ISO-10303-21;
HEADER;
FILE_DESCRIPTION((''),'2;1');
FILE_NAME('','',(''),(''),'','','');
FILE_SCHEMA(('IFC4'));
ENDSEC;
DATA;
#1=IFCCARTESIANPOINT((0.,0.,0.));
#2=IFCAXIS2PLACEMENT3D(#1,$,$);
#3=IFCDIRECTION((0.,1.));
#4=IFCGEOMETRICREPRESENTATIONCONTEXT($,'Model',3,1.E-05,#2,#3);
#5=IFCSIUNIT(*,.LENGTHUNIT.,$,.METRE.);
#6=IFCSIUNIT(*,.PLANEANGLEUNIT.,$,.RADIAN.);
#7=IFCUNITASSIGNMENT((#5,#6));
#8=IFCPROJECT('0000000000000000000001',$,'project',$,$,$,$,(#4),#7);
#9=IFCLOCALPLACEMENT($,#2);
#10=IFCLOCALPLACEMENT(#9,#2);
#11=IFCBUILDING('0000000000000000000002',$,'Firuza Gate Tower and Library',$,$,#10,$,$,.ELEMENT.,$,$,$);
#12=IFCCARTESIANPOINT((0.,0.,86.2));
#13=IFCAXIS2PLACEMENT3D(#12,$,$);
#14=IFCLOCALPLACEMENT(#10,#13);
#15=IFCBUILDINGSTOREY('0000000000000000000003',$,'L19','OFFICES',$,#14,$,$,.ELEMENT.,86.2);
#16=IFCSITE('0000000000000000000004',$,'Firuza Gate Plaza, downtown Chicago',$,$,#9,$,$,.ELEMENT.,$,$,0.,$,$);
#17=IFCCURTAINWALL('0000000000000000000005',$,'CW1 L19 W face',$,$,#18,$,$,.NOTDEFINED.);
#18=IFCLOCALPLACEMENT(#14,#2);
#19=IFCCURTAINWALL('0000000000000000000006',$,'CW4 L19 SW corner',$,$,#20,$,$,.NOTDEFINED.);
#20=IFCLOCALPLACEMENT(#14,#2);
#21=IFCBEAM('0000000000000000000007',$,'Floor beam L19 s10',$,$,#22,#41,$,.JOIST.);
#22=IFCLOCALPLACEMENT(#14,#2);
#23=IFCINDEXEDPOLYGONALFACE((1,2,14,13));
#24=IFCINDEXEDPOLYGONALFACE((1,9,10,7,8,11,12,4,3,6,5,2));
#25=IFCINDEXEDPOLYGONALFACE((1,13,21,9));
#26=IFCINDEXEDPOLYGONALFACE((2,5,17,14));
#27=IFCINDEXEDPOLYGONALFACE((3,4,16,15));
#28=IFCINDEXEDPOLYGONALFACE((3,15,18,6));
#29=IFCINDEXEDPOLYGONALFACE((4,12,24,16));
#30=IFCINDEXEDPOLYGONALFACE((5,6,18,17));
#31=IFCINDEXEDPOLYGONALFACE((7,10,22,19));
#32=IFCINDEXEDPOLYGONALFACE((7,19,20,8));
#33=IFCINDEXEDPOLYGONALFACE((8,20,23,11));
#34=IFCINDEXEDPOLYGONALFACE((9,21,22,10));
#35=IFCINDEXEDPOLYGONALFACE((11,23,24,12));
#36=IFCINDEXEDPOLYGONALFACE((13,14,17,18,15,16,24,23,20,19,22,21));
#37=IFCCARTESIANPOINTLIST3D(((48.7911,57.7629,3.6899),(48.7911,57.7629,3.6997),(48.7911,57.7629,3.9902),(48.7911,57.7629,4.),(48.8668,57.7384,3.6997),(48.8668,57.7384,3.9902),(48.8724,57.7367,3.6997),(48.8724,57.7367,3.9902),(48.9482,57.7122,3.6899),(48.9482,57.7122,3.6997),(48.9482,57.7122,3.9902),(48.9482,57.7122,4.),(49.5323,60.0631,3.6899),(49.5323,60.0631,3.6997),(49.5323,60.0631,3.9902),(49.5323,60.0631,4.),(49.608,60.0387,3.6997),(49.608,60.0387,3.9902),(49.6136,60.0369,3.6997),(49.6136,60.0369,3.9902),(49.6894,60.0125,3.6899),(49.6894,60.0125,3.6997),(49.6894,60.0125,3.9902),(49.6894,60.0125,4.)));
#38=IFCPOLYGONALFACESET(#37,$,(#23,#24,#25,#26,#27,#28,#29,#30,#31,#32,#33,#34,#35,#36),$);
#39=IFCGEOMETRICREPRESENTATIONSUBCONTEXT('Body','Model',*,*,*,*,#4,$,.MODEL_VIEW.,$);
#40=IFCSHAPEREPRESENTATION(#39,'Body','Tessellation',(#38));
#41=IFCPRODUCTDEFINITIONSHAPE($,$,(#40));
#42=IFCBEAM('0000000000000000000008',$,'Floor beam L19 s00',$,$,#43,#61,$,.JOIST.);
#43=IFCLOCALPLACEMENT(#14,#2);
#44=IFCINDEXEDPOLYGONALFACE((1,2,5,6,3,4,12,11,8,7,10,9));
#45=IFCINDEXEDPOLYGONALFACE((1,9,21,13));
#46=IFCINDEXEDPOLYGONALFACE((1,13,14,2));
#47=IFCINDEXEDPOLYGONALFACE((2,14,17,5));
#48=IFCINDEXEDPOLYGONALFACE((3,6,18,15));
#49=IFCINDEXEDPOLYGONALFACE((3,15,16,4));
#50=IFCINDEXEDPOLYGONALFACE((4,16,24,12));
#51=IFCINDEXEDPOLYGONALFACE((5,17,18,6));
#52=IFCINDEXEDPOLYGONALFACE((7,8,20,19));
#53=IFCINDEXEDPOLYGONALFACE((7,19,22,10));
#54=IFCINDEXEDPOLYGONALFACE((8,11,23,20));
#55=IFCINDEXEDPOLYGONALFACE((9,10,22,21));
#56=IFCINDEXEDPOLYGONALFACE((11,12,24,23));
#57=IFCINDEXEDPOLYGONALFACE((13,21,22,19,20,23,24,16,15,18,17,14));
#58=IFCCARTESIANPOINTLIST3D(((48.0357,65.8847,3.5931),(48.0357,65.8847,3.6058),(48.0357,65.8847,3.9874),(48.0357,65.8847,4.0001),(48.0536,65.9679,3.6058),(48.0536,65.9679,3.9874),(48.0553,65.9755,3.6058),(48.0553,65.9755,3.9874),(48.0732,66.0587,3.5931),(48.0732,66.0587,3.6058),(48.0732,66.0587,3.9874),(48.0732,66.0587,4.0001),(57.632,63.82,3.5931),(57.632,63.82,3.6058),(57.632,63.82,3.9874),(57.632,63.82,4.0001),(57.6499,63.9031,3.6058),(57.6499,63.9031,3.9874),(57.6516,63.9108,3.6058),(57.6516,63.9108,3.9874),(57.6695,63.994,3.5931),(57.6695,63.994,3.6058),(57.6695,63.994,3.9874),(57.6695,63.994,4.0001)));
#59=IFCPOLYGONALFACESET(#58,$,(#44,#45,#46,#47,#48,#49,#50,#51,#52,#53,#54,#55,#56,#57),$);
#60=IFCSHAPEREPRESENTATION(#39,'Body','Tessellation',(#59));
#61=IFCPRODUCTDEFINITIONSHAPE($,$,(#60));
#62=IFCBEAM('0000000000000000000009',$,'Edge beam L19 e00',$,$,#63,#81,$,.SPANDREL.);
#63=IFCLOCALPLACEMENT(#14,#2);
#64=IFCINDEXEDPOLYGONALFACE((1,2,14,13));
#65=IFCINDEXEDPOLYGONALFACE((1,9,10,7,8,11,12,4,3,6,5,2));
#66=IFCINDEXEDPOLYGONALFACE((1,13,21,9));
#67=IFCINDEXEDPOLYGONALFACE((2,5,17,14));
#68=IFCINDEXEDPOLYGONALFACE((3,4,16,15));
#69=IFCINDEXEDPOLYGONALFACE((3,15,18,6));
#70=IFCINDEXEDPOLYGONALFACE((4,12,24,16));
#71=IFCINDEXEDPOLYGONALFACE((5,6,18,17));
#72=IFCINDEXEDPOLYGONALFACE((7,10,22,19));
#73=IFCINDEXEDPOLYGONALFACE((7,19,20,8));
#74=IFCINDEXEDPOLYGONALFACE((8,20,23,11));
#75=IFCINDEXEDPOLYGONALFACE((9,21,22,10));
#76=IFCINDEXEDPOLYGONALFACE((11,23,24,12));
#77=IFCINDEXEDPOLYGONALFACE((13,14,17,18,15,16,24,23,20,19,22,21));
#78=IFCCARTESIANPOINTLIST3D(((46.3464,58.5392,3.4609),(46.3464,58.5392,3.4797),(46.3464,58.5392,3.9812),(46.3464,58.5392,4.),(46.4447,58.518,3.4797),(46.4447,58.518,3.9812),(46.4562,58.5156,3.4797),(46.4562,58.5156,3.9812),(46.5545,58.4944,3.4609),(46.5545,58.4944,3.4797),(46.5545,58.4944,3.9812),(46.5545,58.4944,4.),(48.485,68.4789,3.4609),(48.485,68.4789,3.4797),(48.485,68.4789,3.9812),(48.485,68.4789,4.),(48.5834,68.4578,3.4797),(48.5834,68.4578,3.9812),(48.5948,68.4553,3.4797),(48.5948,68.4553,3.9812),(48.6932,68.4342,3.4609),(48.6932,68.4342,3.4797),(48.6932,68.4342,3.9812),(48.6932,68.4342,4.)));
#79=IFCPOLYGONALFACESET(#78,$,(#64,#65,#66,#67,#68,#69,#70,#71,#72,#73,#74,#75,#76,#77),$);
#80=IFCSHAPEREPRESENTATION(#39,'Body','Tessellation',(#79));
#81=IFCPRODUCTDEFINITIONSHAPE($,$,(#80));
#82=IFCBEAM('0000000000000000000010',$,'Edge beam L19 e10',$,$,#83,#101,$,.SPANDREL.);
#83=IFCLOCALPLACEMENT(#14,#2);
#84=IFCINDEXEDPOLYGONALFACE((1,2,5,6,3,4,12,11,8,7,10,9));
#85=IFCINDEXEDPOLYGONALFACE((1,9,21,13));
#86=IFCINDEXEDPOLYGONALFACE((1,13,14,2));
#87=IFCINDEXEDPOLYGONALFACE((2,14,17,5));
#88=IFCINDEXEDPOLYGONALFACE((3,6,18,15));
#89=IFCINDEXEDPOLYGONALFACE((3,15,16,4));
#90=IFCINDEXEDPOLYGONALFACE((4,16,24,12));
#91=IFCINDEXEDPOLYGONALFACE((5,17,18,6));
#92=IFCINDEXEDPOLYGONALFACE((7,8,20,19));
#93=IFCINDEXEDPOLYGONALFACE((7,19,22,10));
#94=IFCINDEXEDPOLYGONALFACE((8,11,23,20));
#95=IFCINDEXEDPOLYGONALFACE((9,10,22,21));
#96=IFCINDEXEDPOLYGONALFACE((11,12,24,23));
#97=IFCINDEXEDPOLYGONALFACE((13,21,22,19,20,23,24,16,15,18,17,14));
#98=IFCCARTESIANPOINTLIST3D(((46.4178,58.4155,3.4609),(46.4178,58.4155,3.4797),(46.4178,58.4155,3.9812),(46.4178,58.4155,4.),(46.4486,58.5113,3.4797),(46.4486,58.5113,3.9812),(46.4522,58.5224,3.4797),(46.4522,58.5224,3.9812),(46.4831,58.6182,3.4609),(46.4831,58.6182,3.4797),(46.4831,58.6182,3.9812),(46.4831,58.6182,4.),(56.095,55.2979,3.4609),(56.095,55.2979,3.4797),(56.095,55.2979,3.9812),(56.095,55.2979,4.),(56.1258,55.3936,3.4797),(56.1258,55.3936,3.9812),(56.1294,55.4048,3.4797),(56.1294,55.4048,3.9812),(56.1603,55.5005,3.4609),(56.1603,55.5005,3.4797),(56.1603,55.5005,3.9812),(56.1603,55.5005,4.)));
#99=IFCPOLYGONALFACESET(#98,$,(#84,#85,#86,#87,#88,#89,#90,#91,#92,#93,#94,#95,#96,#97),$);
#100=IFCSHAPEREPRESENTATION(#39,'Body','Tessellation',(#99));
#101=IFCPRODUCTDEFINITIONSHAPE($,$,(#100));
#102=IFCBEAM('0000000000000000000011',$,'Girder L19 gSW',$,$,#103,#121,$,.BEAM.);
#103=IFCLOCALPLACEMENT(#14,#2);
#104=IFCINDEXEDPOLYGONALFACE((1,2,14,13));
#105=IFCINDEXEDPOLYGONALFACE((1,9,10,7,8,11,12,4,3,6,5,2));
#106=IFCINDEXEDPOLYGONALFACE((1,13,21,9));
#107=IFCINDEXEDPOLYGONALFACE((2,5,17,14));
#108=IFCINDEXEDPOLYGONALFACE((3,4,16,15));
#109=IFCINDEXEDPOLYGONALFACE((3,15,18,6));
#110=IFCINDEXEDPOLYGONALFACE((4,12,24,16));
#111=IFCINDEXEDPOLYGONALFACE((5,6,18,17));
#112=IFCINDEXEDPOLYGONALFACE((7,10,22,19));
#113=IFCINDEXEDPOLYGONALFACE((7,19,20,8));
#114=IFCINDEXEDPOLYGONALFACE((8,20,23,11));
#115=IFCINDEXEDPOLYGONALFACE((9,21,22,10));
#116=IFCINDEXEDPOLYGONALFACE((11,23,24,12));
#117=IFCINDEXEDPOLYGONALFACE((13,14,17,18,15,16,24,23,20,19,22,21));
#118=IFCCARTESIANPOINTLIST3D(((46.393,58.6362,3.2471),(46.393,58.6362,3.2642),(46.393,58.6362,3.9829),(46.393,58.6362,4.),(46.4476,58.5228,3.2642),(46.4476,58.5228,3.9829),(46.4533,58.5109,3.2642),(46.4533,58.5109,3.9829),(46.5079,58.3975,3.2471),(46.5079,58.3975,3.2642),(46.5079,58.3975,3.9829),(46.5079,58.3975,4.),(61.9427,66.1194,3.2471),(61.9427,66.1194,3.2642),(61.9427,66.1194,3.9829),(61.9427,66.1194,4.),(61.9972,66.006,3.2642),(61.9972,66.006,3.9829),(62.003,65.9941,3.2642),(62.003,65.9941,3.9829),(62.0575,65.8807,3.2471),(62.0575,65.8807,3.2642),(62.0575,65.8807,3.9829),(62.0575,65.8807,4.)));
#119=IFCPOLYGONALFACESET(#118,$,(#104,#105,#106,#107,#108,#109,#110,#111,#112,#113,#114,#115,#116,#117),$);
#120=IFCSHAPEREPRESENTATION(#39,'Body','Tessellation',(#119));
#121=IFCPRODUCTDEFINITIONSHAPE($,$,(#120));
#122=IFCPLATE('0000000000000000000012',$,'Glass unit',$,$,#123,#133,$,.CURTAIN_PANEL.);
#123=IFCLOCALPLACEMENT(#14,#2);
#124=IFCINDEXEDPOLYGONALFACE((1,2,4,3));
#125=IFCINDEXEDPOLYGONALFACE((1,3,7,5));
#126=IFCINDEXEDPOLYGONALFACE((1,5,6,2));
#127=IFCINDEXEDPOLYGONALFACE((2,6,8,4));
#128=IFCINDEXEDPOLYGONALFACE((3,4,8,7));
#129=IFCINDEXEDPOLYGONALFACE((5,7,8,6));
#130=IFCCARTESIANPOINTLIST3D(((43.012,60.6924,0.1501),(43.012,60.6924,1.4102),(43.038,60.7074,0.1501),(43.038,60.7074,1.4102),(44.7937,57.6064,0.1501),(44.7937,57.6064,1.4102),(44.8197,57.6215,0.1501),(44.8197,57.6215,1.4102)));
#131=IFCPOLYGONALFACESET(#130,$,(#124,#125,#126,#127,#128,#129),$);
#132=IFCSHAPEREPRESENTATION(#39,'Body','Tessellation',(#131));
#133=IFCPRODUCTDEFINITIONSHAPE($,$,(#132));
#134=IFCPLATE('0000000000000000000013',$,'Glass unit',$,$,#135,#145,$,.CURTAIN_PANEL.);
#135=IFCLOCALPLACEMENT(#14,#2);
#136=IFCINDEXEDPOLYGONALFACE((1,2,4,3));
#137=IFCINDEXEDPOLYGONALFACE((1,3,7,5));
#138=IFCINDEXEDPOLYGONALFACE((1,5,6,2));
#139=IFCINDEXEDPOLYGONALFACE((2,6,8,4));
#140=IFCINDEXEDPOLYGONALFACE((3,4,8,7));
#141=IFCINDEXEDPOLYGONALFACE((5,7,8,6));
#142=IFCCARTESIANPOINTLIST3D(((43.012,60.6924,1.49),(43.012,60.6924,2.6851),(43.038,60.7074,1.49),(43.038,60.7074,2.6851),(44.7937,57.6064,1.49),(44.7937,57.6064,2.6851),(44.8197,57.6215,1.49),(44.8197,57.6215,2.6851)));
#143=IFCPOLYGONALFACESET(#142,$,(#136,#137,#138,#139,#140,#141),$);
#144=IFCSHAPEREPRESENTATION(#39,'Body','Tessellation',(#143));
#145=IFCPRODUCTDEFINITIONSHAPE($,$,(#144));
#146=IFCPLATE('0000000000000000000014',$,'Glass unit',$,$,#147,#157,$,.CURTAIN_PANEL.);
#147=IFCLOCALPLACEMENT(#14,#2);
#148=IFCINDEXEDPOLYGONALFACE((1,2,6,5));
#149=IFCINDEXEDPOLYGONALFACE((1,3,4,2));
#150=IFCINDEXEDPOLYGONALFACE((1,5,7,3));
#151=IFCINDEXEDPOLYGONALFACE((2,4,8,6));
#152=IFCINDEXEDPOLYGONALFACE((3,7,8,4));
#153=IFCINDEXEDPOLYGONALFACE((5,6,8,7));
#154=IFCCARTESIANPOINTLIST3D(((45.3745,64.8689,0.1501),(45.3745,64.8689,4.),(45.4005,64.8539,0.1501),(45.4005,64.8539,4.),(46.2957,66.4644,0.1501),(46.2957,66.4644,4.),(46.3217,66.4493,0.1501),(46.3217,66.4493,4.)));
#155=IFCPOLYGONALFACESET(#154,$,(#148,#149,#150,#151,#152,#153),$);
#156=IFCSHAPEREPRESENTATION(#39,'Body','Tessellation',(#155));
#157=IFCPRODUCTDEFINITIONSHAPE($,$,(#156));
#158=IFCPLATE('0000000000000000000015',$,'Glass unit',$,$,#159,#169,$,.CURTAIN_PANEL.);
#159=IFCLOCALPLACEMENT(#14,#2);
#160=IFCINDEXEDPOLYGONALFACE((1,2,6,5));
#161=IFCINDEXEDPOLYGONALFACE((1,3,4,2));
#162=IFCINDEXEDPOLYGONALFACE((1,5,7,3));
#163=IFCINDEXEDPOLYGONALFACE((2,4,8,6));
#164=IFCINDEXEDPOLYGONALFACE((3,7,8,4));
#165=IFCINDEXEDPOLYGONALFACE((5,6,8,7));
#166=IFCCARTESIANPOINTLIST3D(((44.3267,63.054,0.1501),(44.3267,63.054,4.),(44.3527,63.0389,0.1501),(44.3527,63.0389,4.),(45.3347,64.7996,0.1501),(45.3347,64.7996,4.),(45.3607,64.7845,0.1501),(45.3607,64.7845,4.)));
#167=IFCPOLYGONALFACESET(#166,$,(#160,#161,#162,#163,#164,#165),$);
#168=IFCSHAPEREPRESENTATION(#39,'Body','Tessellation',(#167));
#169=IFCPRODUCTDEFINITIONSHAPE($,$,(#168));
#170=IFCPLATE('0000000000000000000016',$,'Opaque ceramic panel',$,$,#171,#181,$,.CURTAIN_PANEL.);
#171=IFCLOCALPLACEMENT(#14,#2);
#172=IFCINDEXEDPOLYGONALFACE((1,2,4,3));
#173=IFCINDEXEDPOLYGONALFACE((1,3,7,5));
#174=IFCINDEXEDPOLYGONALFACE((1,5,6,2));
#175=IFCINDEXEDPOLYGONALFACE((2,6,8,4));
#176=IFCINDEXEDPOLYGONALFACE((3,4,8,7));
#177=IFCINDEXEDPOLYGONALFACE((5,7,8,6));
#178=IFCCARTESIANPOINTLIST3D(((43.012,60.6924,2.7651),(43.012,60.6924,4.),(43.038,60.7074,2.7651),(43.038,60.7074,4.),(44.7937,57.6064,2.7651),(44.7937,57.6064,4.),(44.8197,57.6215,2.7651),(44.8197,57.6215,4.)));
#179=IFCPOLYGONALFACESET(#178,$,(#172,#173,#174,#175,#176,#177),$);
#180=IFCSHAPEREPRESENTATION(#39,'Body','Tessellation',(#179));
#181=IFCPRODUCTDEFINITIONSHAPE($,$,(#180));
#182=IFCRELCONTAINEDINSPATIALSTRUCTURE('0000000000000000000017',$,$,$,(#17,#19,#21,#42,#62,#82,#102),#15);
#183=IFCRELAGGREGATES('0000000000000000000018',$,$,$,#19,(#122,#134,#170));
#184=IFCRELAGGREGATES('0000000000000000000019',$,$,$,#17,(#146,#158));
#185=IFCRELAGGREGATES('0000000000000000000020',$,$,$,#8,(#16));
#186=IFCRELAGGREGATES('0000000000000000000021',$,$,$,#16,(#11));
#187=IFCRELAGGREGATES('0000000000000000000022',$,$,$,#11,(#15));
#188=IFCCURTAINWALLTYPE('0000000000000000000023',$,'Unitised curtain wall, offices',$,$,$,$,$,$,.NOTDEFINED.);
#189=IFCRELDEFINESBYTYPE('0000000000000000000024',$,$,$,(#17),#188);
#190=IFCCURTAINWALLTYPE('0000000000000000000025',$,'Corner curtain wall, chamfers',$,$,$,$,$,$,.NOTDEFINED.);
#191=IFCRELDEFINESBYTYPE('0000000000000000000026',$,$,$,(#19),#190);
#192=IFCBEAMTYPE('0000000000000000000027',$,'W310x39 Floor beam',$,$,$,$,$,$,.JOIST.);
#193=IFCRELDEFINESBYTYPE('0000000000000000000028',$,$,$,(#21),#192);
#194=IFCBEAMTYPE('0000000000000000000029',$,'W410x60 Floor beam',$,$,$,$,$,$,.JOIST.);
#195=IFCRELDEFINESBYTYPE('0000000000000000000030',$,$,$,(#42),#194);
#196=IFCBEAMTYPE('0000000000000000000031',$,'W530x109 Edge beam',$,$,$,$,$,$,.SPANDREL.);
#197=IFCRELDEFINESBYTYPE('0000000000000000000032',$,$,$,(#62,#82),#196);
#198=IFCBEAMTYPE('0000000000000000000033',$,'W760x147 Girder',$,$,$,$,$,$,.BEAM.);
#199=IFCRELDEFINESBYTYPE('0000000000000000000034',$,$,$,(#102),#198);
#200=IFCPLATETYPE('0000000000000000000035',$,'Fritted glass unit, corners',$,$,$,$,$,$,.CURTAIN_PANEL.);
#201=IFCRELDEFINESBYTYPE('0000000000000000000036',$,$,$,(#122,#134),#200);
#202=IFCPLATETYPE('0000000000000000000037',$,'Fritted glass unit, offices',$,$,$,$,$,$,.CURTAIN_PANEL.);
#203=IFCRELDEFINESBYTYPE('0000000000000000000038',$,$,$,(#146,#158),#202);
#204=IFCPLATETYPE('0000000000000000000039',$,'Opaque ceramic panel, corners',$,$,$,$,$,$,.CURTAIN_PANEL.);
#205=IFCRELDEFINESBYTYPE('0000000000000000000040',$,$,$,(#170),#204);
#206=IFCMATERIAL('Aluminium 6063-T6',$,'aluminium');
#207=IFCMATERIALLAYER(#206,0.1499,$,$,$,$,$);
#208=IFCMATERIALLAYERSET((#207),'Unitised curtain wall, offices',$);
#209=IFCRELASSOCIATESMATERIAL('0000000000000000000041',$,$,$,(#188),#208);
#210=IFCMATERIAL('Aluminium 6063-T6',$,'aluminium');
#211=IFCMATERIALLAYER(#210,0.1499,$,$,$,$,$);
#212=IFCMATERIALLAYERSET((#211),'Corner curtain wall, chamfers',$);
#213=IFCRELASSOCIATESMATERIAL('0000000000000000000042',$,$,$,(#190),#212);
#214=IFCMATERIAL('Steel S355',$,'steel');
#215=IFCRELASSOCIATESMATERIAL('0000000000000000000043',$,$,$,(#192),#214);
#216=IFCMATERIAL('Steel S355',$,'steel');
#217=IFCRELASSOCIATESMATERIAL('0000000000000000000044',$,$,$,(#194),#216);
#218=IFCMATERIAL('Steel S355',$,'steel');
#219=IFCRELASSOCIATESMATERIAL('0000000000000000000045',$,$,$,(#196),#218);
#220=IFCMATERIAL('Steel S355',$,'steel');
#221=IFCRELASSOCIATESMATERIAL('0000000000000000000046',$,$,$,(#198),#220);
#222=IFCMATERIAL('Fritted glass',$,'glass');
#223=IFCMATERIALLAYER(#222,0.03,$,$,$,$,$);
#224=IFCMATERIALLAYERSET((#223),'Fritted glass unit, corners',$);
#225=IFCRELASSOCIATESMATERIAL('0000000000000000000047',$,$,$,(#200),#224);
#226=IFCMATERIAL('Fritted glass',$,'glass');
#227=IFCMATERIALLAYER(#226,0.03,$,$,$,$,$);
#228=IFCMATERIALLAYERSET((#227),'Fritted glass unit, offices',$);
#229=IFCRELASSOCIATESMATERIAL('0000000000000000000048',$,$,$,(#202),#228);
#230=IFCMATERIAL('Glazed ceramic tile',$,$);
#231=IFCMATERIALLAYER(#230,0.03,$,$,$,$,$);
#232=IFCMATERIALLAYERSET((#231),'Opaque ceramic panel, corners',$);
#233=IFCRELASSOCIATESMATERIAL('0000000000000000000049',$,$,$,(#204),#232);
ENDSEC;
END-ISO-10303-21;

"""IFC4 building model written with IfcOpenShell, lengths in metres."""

from ifc_helpers import new_model, si_unit, direction, frame, origin, origin_2d, place, context, subcontext, project, spatial, polyline, i_section, outline, extrude, material, layer, layer_set, material_profile, profile_set, type_object, element, aggregate, save


model = new_model("IFC4")

# Units and contexts
model_context = context("Model", 3, precision=1e-05, world=origin(), true_north=direction((0.0, 1.0)))
body_context = subcontext(model_context, "Body", "Model", "MODEL_VIEW")
ifc_project = project(units=[si_unit("LENGTHUNIT", "METRE"), si_unit("PLANEANGLEUNIT", "RADIAN")], contexts=[model_context])

# Site, building, storey
site_placement = place(None, origin())
site = spatial("IfcSite", under=ifc_project, at=site_placement, Name="Firuza Gate Plaza, downtown Chicago", CompositionType="ELEMENT", RefElevation=0.0)
building_placement = place(site_placement, origin())
building = spatial("IfcBuilding", under=site, at=building_placement, Name="Firuza Gate Tower and Library", CompositionType="ELEMENT")
storey_placement = place(building_placement, frame((0.0, 0.0, 86.2)))
storey = spatial("IfcBuildingStorey", under=building, at=storey_placement, Name="L19", Description="OFFICES", CompositionType="ELEMENT", Elevation=86.2)

# Curtain walls
ifc_material_1 = material(Name="Aluminium 6063-T6", Category="aluminium")
ifc_layer_1 = layer(ifc_material_1, 0.1499)
ifc_layer_set_1 = layer_set([ifc_layer_1], Name="Unitised curtain wall, offices")
curtain_wall_type_1 = type_object("IfcCurtainWallType", Name="Unitised curtain wall, offices", PredefinedType="NOTDEFINED", material=ifc_layer_set_1)
placement = place(storey_placement, origin())
curtain_wall_1 = element("IfcCurtainWall", 1, at=placement, inside=storey, type_object=curtain_wall_type_1, Name="CW1 L19 W face", PredefinedType="NOTDEFINED")
ifc_material_2 = material(Name="Aluminium 6063-T6", Category="aluminium")
ifc_layer_2 = layer(ifc_material_2, 0.1499)
ifc_layer_set_2 = layer_set([ifc_layer_2], Name="Corner curtain wall, chamfers")
curtain_wall_type_2 = type_object("IfcCurtainWallType", Name="Corner curtain wall, chamfers", PredefinedType="NOTDEFINED", material=ifc_layer_set_2)
curtain_wall_2 = element("IfcCurtainWall", 2, at=placement, inside=storey, type_object=curtain_wall_type_2, Name="CW4 L19 SW corner", PredefinedType="NOTDEFINED")

# Beams
ifc_material_3 = material(Name="Steel S355", Category="steel")
ifc_material_profile_1 = material_profile(ifc_material_3, i_section(OverallWidth=0.165, OverallDepth=0.3101, WebThickness=0.0059, FlangeThickness=0.0098, at=origin_2d()))
ifc_profile_set_1 = profile_set([ifc_material_profile_1], Name="Steel S355")
beam_type_1 = type_object("IfcBeamType", Name="W310x39 Floor beam", PredefinedType="JOIST", material=ifc_profile_set_1)
beam_1_placement = place(storey_placement, frame((48.8696, 57.7375, 3.845), z_axis=(0.306696, 0.951808, 0.0), x_axis=(-0.951808, 0.306696, 0.0)))
element("IfcBeam", 3, at=beam_1_placement, inside=storey, type_object=beam_type_1, Name="Floor beam L19 s10", PredefinedType="JOIST", context=body_context, shape_type="SweptSolid", body=[
    extrude(i_section(OverallWidth=0.165, OverallDepth=0.3101, WebThickness=0.0059, FlangeThickness=0.0098, at=origin_2d()), origin(), (0.0, 0.0, 1.0), 2.4167),
])
ifc_material_4 = material(Name="Steel S355", Category="steel")
ifc_material_profile_2 = material_profile(ifc_material_4, i_section(OverallWidth=0.178, OverallDepth=0.407, WebThickness=0.0078, FlangeThickness=0.0127, at=origin_2d()))
ifc_profile_set_2 = profile_set([ifc_material_profile_2], Name="Steel S355")
beam_type_2 = type_object("IfcBeamType", Name="W410x60 Floor beam", PredefinedType="JOIST", material=ifc_profile_set_2)
beam_2_placement = place(storey_placement, frame((48.0544, 65.9717, 3.7966), z_axis=(0.977627, -0.210344, 0.0), x_axis=(0.210344, 0.977627, 0.0)))
element("IfcBeam", 4, at=beam_2_placement, inside=storey, type_object=beam_type_2, Name="Floor beam L19 s00", PredefinedType="JOIST", context=body_context, shape_type="SweptSolid", body=[
    extrude(i_section(OverallWidth=0.178, OverallDepth=0.407, WebThickness=0.0078, FlangeThickness=0.0127, at=origin_2d()), origin(), (0.0, 0.0, 1.0), 9.8159),
])
ifc_material_5 = material(Name="Steel S355", Category="steel")
ifc_material_profile_3 = material_profile(ifc_material_5, i_section(OverallWidth=0.2129, OverallDepth=0.5391, WebThickness=0.0117, FlangeThickness=0.0188, at=origin_2d()))
ifc_profile_set_3 = profile_set([ifc_material_profile_3], Name="Steel S355")
beam_type_3 = type_object("IfcBeamType", Name="W530x109 Edge beam", PredefinedType="SPANDREL", material=ifc_profile_set_3)
beam_3_placement = place(storey_placement, frame((48.5891, 68.4565, 3.7305), z_axis=(-0.210351, -0.977626, 0.0), x_axis=(0.977626, -0.210351, 0.0)))
element("IfcBeam", 5, at=beam_3_placement, inside=storey, type_object=beam_type_3, Name="Edge beam L19 e00", PredefinedType="SPANDREL", context=body_context, shape_type="SweptSolid", body=[
    extrude(i_section(OverallWidth=0.2129, OverallDepth=0.5391, WebThickness=0.0117, FlangeThickness=0.0188, at=origin_2d()), origin(), (0.0, 0.0, 1.0), 10.1672),
])
beam_4_placement = place(storey_placement, frame((46.4504, 58.5168, 3.7305), z_axis=(0.951824, -0.306645, 0.0), x_axis=(0.306645, 0.951824, 0.0)))
element("IfcBeam", 6, at=beam_4_placement, inside=storey, type_object=beam_type_3, Name="Edge beam L19 e10", PredefinedType="SPANDREL", context=body_context, shape_type="SweptSolid", body=[
    extrude(i_section(OverallWidth=0.2129, OverallDepth=0.5391, WebThickness=0.0117, FlangeThickness=0.0188, at=origin_2d()), origin(), (0.0, 0.0, 1.0), 10.167),
])
ifc_material_6 = material(Name="Steel S355", Category="steel")
ifc_material_profile_4 = material_profile(ifc_material_6, i_section(OverallWidth=0.2649, OverallDepth=0.7529, WebThickness=0.0132, FlangeThickness=0.0171, at=origin_2d()))
ifc_profile_set_4 = profile_set([ifc_material_profile_4], Name="Steel S355")
beam_type_4 = type_object("IfcBeamType", Name="W760x147 Girder", PredefinedType="BEAM", material=ifc_profile_set_4)
beam_5_placement = place(storey_placement, frame((46.4504, 58.5168, 3.6235), z_axis=(0.901085, 0.433643, 0.0), x_axis=(-0.433643, 0.901085, 0.0)))
element("IfcBeam", 7, at=beam_5_placement, inside=storey, type_object=beam_type_4, Name="Girder L19 gSW", PredefinedType="BEAM", context=body_context, shape_type="SweptSolid", body=[
    extrude(i_section(OverallWidth=0.2649, OverallDepth=0.7529, WebThickness=0.0132, FlangeThickness=0.0171, at=origin_2d()), origin(), (0.0, 0.0, 1.0), 17.2566),
])

# Plates
ifc_material_7 = material(Name="Fritted glass", Category="glass")
ifc_layer_3 = layer(ifc_material_7, 0.03)
ifc_layer_set_3 = layer_set([ifc_layer_3], Name="Fritted glass unit, corners")
plate_type_1 = type_object("IfcPlateType", Name="Fritted glass unit, corners", PredefinedType="CURTAIN_PANEL", material=ifc_layer_set_3)
plate_1_placement = place(storey_placement, frame((43.012, 60.6924, 0.1501), z_axis=(-0.866017, -0.500015, 0.0), x_axis=(0.500015, -0.866017, 0.0)))
plate_1 = element("IfcPlate", 8, at=plate_1_placement, type_object=plate_type_1, Name="Glass unit", PredefinedType="CURTAIN_PANEL", context=body_context, shape_type="SweptSolid", body=[
    extrude(outline(polyline([(0.0, 0.0), (3.5634, 0.0), (3.5634, 1.26), (0.0, 1.26), (0.0, 0.0)])), origin(), (0.0, 0.0, -1.0), 0.03),
])
plate_2_placement = place(storey_placement, frame((43.012, 60.6924, 1.49), z_axis=(-0.866017, -0.500015, 0.0), x_axis=(0.500015, -0.866017, 0.0)))
plate_2 = element("IfcPlate", 9, at=plate_2_placement, type_object=plate_type_1, Name="Glass unit", PredefinedType="CURTAIN_PANEL", context=body_context, shape_type="SweptSolid", body=[
    extrude(outline(polyline([(0.0, 0.0), (3.5634, 0.0), (3.5634, 1.1951), (0.0, 1.1951), (0.0, 0.0)])), origin(), (0.0, 0.0, -1.0), 0.03),
])
ifc_material_8 = material(Name="Fritted glass", Category="glass")
ifc_layer_4 = layer(ifc_material_8, 0.03)
ifc_layer_set_4 = layer_set([ifc_layer_4], Name="Fritted glass unit, offices")
plate_type_2 = type_object("IfcPlateType", Name="Fritted glass unit, offices", PredefinedType="CURTAIN_PANEL", material=ifc_layer_set_4)
plate_3_placement = place(storey_placement, frame((46.2957, 66.4644, 0.1501), z_axis=(-0.866024, 0.500002, 0.0), x_axis=(-0.500002, -0.866024, 0.0)))
plate_3 = element("IfcPlate", 10, at=plate_3_placement, type_object=plate_type_2, Name="Glass unit", PredefinedType="CURTAIN_PANEL", context=body_context, shape_type="SweptSolid", body=[
    extrude(outline(polyline([(0.0, 0.0), (1.8423, 0.0), (1.8423, 3.8499), (0.0, 3.8499), (0.0, 0.0)])), origin(), (0.0, 0.0, -1.0), 0.03),
])
plate_4_placement = place(storey_placement, frame((45.3347, 64.7996, 0.1501), z_axis=(-0.865976, 0.500086, 0.0), x_axis=(-0.500086, -0.865976, 0.0)))
plate_4 = element("IfcPlate", 11, at=plate_4_placement, type_object=plate_type_2, Name="Glass unit", PredefinedType="CURTAIN_PANEL", context=body_context, shape_type="SweptSolid", body=[
    extrude(outline(polyline([(0.0, 0.0), (2.0158, 0.0), (2.0158, 3.8499), (0.0, 3.8499), (0.0, 0.0)])), origin(), (0.0, 0.0, -1.0), 0.03),
])
ifc_material_9 = material(Name="Glazed ceramic tile")
ifc_layer_5 = layer(ifc_material_9, 0.03)
ifc_layer_set_5 = layer_set([ifc_layer_5], Name="Opaque ceramic panel, corners")
plate_type_3 = type_object("IfcPlateType", Name="Opaque ceramic panel, corners", PredefinedType="CURTAIN_PANEL", material=ifc_layer_set_5)
plate_5_placement = place(storey_placement, frame((43.012, 60.6924, 2.7651), z_axis=(-0.866017, -0.500015, 0.0), x_axis=(0.500015, -0.866017, 0.0)))
plate_5 = element("IfcPlate", 12, at=plate_5_placement, type_object=plate_type_3, Name="Opaque ceramic panel", PredefinedType="CURTAIN_PANEL", context=body_context, shape_type="SweptSolid", body=[
    extrude(outline(polyline([(0.0, 0.0), (3.5634, 0.0), (3.5634, 1.2349), (0.0, 1.2349), (0.0, 0.0)])), origin(), (0.0, 0.0, -1.0), 0.03),
])
aggregate(curtain_wall_2, [plate_1, plate_2, plate_5])
aggregate(curtain_wall_1, [plate_3, plate_4])

save(model, "model.ifc")
